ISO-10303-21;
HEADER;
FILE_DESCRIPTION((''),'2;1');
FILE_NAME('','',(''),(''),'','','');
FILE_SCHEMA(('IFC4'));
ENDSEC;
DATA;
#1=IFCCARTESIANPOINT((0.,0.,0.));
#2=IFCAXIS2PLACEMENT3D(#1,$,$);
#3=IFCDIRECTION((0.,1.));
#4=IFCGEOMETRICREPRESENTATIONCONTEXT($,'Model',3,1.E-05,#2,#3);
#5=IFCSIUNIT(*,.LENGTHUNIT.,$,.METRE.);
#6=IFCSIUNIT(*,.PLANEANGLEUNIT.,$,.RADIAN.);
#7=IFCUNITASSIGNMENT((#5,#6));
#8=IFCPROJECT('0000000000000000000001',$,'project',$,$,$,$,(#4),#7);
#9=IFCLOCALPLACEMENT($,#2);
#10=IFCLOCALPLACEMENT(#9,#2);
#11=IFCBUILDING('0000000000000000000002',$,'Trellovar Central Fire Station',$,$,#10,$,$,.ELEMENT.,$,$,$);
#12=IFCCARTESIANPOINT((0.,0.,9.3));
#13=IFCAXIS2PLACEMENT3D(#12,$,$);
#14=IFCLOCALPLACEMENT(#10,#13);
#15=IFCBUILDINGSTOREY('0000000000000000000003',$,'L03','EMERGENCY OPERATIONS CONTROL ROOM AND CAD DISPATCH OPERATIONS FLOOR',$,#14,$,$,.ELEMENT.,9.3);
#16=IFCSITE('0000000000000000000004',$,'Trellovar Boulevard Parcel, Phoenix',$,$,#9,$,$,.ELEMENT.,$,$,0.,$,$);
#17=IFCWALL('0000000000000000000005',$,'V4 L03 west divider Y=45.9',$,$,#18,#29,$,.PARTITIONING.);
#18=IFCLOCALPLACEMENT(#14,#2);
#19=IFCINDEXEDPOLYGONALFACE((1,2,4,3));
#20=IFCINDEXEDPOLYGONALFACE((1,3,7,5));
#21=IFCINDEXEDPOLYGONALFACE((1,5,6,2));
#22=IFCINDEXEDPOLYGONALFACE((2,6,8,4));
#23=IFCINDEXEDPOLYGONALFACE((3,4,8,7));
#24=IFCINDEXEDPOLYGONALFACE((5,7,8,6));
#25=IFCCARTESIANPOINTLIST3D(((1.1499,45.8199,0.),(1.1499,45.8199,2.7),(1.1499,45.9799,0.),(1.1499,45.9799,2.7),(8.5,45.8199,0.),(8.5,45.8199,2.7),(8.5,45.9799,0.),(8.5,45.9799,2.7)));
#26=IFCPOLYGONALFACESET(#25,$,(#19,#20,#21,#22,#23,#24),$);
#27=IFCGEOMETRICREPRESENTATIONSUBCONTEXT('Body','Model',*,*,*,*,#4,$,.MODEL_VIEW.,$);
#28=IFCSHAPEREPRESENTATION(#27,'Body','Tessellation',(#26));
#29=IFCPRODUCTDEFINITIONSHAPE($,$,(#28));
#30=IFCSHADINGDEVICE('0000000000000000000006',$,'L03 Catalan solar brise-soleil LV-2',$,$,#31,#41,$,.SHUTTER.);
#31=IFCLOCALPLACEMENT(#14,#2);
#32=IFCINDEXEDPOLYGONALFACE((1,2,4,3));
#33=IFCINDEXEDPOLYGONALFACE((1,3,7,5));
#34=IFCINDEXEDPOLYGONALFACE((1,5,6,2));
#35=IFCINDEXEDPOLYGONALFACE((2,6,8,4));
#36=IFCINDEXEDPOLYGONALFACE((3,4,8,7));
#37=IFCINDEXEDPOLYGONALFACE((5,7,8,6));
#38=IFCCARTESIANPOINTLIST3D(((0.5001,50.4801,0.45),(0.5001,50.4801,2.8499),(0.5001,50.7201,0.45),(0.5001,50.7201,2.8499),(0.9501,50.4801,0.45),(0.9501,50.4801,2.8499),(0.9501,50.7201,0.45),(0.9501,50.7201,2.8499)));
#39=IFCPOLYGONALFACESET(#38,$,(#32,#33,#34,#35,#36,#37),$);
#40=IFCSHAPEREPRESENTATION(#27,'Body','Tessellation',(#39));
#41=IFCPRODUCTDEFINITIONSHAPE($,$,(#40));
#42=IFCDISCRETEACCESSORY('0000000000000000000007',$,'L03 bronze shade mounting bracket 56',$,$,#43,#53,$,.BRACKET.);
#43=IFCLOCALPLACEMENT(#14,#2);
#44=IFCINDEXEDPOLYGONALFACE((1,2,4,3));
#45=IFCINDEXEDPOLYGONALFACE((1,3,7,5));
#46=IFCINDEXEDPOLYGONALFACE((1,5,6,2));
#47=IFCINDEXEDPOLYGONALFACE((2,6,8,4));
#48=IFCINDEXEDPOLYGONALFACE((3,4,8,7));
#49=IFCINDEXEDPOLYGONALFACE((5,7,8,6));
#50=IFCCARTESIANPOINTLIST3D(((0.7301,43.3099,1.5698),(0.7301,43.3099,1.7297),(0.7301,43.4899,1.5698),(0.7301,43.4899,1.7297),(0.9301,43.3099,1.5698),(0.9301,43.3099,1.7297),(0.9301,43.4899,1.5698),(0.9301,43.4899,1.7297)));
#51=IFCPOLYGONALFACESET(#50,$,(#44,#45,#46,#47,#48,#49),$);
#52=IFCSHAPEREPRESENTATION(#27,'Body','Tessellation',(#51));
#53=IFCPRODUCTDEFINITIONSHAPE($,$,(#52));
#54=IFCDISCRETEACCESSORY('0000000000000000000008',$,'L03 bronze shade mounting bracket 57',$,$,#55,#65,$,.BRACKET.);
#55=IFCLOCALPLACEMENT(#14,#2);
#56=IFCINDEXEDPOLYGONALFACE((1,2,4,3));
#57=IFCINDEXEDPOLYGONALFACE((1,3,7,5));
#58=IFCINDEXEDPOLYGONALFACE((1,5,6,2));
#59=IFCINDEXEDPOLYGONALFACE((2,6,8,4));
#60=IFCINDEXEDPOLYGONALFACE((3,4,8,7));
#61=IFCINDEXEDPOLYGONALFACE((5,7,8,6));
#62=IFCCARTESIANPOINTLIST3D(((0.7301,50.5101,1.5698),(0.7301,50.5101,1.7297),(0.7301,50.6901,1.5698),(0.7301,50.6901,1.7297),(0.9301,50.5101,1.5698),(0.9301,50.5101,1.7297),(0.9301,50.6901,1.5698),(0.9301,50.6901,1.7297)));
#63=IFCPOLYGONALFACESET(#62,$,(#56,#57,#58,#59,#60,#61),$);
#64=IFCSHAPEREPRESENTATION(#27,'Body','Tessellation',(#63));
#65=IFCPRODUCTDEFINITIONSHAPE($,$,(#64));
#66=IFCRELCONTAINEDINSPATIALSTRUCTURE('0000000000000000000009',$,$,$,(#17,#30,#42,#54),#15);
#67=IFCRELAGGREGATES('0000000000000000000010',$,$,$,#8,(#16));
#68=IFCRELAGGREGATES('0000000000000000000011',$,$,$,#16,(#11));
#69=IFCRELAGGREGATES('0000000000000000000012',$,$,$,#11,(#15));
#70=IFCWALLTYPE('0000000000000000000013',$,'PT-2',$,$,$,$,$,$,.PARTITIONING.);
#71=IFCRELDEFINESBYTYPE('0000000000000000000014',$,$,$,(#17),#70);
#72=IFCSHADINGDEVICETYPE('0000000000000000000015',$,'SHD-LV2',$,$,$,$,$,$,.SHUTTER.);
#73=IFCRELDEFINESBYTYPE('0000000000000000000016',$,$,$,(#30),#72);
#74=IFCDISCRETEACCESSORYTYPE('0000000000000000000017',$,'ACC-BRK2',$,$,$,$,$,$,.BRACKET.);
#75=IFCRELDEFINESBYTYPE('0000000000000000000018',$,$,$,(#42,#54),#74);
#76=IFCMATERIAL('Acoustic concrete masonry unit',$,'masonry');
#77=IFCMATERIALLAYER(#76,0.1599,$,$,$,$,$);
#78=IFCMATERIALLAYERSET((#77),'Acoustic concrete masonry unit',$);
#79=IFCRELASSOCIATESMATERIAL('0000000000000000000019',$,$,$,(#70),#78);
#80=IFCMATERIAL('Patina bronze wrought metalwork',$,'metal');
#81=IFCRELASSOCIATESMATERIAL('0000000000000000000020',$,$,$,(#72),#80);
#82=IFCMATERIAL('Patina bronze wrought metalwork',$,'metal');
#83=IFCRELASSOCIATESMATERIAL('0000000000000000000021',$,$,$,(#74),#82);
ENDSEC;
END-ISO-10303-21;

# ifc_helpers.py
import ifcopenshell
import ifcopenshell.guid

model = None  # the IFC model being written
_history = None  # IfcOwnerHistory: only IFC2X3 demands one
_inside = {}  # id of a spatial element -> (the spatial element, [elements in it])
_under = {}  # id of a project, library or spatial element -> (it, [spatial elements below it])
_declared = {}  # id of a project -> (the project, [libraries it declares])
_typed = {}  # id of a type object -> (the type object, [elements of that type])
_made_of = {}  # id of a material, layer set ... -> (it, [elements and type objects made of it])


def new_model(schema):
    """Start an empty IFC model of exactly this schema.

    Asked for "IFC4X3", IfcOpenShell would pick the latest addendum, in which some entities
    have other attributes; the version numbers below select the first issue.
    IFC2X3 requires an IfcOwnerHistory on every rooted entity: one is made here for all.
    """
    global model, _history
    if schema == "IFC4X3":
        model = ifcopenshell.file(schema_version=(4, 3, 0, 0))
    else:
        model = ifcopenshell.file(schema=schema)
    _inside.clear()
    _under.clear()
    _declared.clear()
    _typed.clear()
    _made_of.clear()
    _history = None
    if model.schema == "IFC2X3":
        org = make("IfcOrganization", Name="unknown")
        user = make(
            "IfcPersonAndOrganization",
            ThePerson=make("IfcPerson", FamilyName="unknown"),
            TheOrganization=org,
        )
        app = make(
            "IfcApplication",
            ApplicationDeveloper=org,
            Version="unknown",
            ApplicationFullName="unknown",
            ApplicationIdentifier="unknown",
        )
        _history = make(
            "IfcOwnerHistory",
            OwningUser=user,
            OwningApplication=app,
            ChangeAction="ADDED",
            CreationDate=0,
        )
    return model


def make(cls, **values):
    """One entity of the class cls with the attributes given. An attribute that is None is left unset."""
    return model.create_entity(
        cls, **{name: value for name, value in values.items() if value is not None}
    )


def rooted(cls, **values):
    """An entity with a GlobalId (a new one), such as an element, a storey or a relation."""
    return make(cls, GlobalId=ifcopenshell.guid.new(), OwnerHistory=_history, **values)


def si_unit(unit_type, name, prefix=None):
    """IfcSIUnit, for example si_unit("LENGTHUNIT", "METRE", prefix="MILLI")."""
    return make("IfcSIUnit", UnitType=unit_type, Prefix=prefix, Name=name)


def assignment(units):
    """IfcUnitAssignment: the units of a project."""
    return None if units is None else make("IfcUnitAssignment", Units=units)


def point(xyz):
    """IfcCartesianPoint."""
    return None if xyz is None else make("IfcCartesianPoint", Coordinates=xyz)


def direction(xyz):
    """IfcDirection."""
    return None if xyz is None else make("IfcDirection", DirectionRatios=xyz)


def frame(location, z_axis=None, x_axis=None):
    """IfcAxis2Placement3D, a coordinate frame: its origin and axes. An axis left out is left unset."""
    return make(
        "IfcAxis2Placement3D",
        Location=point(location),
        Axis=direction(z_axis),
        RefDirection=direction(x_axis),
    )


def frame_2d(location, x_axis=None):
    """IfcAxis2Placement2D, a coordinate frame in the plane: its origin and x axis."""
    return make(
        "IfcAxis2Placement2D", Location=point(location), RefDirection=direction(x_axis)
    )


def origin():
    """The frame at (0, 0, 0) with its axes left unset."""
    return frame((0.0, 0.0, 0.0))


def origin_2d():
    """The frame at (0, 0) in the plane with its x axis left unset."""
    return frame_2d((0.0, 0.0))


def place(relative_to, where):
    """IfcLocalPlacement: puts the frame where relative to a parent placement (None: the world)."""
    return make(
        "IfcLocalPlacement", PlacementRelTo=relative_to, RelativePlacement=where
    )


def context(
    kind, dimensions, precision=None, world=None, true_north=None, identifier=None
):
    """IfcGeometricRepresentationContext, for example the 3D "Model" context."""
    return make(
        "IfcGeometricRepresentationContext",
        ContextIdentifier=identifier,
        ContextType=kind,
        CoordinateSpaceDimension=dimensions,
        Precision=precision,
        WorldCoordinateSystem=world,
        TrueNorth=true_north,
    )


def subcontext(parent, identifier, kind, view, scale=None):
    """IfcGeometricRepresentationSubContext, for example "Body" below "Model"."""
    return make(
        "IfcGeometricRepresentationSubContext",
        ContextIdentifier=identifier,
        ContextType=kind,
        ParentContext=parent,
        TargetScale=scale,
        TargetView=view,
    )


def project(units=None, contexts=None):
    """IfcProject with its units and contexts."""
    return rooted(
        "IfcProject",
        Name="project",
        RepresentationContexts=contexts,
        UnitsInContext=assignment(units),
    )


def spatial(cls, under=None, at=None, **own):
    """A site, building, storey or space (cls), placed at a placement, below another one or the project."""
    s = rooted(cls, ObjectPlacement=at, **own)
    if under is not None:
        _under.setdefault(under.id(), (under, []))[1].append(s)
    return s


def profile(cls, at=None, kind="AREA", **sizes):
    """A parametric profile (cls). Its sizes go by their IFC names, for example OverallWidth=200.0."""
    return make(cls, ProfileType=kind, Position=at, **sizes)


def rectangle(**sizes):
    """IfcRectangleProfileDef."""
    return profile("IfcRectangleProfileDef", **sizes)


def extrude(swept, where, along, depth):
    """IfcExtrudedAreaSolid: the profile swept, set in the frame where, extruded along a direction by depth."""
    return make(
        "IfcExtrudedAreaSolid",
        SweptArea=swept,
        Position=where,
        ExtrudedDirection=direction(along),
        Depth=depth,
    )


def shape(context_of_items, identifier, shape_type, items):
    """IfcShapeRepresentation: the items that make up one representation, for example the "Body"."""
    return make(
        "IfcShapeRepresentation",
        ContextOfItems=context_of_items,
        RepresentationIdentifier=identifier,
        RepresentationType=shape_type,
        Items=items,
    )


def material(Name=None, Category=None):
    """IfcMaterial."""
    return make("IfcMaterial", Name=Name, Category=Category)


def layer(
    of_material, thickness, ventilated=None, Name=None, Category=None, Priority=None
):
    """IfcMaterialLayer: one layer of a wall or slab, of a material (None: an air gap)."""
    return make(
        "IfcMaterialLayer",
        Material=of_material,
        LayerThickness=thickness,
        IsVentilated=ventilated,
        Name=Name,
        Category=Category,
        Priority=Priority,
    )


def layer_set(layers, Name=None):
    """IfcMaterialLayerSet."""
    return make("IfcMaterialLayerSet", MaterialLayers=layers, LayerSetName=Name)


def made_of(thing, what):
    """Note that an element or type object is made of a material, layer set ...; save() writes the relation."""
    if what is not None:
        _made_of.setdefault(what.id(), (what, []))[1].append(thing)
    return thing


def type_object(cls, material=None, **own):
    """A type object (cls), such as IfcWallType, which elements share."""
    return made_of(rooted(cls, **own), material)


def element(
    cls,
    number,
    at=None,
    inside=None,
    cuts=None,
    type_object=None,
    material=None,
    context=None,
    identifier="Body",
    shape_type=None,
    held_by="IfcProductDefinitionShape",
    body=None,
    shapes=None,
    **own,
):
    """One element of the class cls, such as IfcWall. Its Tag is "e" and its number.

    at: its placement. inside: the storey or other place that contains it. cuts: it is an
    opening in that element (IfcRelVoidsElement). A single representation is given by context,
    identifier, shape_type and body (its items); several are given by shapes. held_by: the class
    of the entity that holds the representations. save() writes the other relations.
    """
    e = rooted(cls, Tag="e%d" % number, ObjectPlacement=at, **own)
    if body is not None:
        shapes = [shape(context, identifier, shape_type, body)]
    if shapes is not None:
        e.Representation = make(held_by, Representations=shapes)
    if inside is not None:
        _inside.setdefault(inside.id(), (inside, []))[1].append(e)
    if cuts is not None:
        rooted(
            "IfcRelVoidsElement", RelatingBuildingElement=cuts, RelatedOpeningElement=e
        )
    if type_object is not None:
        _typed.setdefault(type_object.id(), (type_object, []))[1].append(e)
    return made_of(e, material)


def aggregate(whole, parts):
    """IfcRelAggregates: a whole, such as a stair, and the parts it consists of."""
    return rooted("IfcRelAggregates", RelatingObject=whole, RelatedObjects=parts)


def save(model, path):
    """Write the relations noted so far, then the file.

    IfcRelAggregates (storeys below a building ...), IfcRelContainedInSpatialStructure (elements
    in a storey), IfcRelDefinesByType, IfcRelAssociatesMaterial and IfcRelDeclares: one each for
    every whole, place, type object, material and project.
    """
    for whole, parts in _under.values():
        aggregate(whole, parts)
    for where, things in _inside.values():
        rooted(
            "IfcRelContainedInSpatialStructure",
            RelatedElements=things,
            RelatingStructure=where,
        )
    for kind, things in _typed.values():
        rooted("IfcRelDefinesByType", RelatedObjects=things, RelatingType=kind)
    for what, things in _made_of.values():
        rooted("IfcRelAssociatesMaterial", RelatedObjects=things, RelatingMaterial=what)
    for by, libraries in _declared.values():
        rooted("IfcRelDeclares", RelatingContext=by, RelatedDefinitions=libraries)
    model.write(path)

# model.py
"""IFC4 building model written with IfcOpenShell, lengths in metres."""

from ifc_helpers import new_model, si_unit, direction, frame, frame_2d, origin, origin_2d, place, context, subcontext, project, spatial, rectangle, extrude, material, layer, layer_set, type_object, element, save


model = new_model("IFC4")

# Units and contexts
model_context = context("Model", 3, precision=1e-05, world=origin(), true_north=direction((0.0, 1.0)))
body_context = subcontext(model_context, "Body", "Model", "MODEL_VIEW")
ifc_project = project(units=[si_unit("LENGTHUNIT", "METRE"), si_unit("PLANEANGLEUNIT", "RADIAN")], contexts=[model_context])

# Site, building, storey
site_placement = place(None, origin())
site = spatial("IfcSite", under=ifc_project, at=site_placement, Name="Trellovar Boulevard Parcel, Phoenix", CompositionType="ELEMENT", RefElevation=0.0)
building_placement = place(site_placement, origin())
building = spatial("IfcBuilding", under=site, at=building_placement, Name="Trellovar Central Fire Station", CompositionType="ELEMENT")
storey_placement = place(building_placement, frame((0.0, 0.0, 9.3)))
storey = spatial("IfcBuildingStorey", under=building, at=storey_placement, Name="L03", Description="EMERGENCY OPERATIONS CONTROL ROOM AND CAD DISPATCH OPERATIONS FLOOR", CompositionType="ELEMENT", Elevation=9.3)

# Wall
ifc_material_1 = material(Name="Acoustic concrete masonry unit", Category="masonry")
ifc_layer_1 = layer(ifc_material_1, 0.1599)
ifc_layer_set_1 = layer_set([ifc_layer_1], Name="Acoustic concrete masonry unit")
wall_type_1 = type_object("IfcWallType", Name="PT-2", PredefinedType="PARTITIONING", material=ifc_layer_set_1)
wall_1_placement = place(storey_placement, frame((1.1499, 45.8999, 0.0), z_axis=(0.0, 0.0, 1.0), x_axis=(1.0, 0.0, 0.0)))
element("IfcWall", 1, at=wall_1_placement, inside=storey, type_object=wall_type_1, Name="V4 L03 west divider Y=45.9", PredefinedType="PARTITIONING", context=body_context, shape_type="SweptSolid", body=[
    extrude(rectangle(XDim=7.3501, YDim=0.1599, at=frame_2d((3.675, 0.0))), origin(), (0.0, 0.0, 1.0), 2.7),
])

# Shading device
ifc_material_2 = material(Name="Patina bronze wrought metalwork", Category="metal")
shading_device_type = type_object("IfcShadingDeviceType", Name="SHD-LV2", PredefinedType="SHUTTER", material=ifc_material_2)
shading_device_placement = place(storey_placement, frame((0.7251, 50.6001, 0.45), z_axis=(0.0, 0.0, 1.0), x_axis=(1.0, 0.0, 0.0)))
element("IfcShadingDevice", 2, at=shading_device_placement, inside=storey, type_object=shading_device_type, Name="L03 Catalan solar brise-soleil LV-2", PredefinedType="SHUTTER", context=body_context, shape_type="SweptSolid", body=[
    extrude(rectangle(XDim=0.45, YDim=0.24, at=origin_2d()), origin(), (0.0, 0.0, 1.0), 2.3999),
])

# Discrete accessories
ifc_material_3 = material(Name="Patina bronze wrought metalwork", Category="metal")
discrete_accessory_type = type_object("IfcDiscreteAccessoryType", Name="ACC-BRK2", PredefinedType="BRACKET", material=ifc_material_3)
for number, where, z_axis, x_axis, name in (
    (3, (0.8301, 43.3999, 1.5698), (0.0, 0.0, 1.0), (1.0, 0.0, 0.0), "L03 bronze shade mounting bracket 56"),
    (4, (0.8301, 50.6001, 1.5698), (0.0, 0.0, 1.0), (1.0, 0.0, 0.0), "L03 bronze shade mounting bracket 57"),
):
    element("IfcDiscreteAccessory", number, at=place(storey_placement, frame(where, z_axis=z_axis, x_axis=x_axis)), inside=storey, type_object=discrete_accessory_type, Name=name, PredefinedType="BRACKET", context=body_context, shape_type="SweptSolid", body=[
        extrude(rectangle(XDim=0.2, YDim=0.1799, at=origin_2d()), origin(), (0.0, 0.0, 1.0), 0.1599),
    ])

save(model, "model.ifc")
